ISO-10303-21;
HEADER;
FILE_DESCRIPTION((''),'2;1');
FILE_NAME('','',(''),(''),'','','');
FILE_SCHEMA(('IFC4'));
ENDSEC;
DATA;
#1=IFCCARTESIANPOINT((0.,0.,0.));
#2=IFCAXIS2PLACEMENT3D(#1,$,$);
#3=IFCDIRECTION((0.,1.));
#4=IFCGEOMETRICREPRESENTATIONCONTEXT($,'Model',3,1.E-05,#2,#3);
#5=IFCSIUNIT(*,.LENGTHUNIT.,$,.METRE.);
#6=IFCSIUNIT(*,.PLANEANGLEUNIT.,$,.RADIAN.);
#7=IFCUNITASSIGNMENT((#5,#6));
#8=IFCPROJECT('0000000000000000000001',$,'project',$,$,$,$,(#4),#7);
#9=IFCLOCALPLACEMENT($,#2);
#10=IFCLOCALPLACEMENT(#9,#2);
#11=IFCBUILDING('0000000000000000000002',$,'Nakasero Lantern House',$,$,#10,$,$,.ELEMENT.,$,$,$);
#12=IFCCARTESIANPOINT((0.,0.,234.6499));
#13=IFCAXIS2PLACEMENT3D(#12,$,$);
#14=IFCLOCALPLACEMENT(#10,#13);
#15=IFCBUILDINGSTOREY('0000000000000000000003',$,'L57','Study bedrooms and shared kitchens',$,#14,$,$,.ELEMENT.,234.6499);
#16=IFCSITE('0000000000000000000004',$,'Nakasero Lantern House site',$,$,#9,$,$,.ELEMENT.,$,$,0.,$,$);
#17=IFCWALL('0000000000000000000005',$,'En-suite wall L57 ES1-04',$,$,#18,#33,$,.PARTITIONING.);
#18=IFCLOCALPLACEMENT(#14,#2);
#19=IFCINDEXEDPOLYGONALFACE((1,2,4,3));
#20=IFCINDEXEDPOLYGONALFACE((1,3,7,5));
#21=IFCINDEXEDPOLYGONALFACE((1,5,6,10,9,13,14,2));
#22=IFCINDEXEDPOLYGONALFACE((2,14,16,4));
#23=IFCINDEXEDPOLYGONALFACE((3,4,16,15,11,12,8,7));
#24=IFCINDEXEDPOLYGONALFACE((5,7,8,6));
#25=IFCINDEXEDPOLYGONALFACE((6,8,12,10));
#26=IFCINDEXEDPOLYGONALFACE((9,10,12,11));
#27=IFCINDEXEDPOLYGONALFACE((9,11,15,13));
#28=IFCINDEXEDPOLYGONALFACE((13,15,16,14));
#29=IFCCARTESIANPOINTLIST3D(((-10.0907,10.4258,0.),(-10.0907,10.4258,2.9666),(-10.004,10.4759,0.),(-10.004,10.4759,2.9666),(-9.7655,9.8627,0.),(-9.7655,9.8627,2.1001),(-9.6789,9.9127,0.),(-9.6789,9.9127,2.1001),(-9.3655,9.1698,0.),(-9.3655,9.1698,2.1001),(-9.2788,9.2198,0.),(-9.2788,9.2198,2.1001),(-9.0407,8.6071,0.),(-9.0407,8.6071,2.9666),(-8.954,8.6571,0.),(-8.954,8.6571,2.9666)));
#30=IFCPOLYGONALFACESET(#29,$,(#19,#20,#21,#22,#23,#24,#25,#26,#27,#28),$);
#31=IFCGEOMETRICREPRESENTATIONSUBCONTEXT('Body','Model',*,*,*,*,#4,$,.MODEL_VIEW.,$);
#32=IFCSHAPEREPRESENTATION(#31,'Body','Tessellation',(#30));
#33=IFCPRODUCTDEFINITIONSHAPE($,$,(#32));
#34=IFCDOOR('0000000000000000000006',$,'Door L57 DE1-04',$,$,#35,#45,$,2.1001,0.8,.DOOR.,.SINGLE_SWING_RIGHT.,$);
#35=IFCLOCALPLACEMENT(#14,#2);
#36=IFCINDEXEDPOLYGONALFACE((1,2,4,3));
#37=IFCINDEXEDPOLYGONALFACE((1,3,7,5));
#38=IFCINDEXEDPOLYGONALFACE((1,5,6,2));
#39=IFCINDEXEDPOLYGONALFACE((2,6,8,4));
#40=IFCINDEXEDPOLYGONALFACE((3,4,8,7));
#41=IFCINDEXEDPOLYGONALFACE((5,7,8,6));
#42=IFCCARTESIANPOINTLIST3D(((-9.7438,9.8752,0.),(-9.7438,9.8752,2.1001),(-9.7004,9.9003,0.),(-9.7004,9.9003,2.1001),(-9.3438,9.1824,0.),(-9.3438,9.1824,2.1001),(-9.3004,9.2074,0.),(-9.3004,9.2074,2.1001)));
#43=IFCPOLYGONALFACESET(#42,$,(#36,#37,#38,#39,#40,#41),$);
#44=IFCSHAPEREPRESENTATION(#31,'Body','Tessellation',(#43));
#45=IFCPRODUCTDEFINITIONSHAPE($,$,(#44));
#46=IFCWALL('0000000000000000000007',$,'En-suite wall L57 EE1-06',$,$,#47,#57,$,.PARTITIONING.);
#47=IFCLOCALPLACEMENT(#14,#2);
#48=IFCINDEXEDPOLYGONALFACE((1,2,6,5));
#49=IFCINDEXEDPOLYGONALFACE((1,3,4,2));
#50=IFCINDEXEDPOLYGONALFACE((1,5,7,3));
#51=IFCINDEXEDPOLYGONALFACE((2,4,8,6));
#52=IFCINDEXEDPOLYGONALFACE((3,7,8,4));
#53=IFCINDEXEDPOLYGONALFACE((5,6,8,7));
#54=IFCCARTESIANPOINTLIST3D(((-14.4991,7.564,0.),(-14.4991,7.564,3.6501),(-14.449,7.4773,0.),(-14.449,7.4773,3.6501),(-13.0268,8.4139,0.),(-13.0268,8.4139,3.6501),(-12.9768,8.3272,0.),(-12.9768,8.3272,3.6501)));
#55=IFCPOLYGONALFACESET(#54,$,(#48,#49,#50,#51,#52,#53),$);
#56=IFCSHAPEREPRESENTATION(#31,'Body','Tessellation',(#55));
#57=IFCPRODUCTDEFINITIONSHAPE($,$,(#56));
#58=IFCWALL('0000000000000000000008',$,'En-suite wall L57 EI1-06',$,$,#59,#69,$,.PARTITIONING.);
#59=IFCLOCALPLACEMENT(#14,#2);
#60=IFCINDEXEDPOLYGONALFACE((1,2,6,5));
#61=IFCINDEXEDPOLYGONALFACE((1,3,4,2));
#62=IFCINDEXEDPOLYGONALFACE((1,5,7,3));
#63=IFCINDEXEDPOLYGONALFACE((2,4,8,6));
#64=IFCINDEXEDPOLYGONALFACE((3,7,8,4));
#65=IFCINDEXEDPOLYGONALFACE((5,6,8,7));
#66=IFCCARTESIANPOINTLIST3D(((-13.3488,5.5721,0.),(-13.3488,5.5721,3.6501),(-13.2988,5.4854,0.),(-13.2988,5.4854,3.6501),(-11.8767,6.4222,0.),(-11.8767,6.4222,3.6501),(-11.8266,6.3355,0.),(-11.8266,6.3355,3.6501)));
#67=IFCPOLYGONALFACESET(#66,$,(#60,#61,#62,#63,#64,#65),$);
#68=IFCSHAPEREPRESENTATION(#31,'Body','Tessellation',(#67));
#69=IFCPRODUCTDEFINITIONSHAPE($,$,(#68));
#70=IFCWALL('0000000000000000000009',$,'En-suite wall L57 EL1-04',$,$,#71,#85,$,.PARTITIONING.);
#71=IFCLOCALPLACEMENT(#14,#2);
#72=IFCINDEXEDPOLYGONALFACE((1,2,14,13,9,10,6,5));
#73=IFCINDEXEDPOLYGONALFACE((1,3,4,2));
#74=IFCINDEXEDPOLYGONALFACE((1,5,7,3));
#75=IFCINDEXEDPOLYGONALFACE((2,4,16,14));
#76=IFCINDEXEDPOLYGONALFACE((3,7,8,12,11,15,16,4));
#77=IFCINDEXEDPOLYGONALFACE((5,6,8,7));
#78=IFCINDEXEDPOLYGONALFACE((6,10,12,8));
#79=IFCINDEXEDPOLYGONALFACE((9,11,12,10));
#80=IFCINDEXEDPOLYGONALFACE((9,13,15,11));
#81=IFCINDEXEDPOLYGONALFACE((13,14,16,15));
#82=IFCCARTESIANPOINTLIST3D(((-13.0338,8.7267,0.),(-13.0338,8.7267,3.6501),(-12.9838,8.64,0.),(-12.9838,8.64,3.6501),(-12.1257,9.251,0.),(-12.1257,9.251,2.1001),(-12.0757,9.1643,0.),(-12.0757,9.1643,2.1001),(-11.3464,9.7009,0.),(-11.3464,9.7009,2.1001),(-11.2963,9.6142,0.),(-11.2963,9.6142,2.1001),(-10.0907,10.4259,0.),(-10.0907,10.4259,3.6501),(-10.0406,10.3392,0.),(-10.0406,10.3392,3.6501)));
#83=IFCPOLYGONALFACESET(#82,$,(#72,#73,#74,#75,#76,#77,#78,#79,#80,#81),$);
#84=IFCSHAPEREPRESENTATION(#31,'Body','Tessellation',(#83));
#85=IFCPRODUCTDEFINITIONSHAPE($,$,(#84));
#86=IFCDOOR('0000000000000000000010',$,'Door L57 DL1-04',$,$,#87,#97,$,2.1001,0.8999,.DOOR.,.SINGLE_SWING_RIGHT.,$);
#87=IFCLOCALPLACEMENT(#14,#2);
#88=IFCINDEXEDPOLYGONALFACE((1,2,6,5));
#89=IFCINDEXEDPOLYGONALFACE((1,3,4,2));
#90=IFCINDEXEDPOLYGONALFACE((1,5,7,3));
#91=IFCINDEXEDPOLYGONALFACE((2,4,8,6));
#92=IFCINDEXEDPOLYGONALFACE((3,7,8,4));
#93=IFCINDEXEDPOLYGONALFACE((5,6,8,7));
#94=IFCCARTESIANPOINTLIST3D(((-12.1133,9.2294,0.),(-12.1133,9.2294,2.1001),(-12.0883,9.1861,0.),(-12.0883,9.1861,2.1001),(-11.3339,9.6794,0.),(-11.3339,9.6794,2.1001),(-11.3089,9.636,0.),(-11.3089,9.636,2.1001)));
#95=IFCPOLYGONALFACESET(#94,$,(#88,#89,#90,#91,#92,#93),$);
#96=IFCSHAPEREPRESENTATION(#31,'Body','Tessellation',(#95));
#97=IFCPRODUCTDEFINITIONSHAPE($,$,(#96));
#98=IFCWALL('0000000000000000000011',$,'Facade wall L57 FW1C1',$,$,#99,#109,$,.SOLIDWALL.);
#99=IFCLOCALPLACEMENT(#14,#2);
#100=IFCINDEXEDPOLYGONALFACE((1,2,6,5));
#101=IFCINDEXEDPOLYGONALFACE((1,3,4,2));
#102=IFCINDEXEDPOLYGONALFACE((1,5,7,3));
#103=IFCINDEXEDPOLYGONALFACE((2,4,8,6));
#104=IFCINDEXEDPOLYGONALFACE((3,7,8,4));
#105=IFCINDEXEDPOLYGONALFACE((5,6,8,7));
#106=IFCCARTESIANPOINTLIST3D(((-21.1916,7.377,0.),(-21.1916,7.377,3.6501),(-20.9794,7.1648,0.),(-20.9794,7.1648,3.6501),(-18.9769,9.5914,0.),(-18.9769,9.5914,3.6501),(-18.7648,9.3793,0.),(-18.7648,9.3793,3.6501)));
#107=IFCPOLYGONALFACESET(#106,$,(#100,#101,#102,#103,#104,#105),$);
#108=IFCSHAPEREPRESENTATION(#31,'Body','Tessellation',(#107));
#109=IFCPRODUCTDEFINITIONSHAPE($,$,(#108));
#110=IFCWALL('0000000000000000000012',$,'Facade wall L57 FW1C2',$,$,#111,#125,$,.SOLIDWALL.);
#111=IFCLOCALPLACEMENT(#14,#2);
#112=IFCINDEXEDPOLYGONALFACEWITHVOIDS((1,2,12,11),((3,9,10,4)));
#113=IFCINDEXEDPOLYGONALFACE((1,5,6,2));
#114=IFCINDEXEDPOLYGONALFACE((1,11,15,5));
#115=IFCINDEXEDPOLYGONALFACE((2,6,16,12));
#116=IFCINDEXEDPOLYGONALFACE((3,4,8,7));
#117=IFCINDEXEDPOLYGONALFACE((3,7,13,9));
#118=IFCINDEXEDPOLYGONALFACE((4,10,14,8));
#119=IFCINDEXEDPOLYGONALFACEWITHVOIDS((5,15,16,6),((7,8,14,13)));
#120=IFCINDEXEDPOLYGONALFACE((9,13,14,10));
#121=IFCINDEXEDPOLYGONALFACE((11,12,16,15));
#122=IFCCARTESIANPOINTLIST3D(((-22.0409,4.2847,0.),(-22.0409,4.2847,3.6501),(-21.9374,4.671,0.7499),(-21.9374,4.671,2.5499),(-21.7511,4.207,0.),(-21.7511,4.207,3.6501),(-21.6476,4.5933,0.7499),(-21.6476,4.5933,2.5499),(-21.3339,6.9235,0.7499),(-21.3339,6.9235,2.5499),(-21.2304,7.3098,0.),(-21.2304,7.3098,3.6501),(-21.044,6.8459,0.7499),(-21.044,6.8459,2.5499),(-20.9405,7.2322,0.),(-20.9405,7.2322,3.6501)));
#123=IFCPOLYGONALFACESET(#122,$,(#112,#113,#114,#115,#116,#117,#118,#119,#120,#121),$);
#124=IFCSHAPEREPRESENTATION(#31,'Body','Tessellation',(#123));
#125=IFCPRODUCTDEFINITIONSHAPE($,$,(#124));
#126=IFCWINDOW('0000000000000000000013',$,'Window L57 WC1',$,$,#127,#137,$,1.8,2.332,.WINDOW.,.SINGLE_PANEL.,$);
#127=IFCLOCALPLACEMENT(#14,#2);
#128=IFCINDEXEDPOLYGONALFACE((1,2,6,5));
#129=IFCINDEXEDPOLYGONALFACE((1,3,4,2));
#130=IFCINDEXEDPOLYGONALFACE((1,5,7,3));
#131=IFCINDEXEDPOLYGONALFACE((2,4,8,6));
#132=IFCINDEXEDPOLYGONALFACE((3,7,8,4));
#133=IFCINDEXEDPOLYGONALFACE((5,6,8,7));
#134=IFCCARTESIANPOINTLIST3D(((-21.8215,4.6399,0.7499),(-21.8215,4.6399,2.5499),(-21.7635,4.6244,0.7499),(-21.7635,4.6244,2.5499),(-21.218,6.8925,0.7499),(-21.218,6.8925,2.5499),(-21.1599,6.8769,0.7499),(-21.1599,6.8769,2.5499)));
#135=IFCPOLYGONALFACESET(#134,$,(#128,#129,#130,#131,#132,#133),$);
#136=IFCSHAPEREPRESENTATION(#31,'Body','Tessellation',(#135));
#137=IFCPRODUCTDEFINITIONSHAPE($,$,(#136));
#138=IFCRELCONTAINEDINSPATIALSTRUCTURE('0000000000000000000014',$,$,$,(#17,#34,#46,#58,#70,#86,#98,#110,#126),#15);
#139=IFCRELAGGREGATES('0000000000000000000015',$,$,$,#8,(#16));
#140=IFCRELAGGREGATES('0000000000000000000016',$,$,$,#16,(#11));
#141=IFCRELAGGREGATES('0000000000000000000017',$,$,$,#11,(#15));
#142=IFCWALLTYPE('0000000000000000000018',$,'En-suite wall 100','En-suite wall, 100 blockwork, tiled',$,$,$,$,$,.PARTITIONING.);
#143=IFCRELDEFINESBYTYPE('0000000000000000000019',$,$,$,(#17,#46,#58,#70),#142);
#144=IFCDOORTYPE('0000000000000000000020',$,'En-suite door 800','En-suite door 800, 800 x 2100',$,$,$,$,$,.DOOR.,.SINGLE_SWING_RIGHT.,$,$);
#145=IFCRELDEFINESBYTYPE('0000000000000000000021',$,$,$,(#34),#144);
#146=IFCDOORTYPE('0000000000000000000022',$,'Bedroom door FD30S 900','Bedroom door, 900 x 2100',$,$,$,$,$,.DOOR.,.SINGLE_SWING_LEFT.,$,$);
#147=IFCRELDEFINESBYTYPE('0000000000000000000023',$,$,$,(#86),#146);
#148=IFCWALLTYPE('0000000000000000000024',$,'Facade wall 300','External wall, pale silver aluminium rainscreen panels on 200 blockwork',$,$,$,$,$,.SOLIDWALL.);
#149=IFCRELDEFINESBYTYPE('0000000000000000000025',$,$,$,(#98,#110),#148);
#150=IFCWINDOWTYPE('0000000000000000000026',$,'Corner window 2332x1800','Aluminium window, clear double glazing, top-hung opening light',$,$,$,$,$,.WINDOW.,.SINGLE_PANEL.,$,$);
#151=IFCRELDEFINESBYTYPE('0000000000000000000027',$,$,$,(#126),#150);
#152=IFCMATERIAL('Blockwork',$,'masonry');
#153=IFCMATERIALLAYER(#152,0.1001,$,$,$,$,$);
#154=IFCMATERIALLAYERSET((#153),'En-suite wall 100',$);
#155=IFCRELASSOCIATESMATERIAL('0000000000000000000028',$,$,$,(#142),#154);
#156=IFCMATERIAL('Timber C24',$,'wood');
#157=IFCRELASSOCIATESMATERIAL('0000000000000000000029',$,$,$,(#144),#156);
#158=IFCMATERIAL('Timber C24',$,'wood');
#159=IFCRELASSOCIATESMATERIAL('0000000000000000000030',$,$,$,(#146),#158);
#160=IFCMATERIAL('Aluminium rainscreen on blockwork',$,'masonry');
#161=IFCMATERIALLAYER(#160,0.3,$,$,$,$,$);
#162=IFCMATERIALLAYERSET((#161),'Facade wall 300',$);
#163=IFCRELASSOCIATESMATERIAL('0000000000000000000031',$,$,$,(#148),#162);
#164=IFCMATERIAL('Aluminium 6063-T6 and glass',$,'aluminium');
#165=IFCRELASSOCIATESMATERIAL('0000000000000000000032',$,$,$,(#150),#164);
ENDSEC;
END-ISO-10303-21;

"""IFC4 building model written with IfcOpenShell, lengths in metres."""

from ifc_helpers import new_model, si_unit, direction, frame, frame_2d, origin, place, context, subcontext, project, spatial, rectangle, extrude, material, layer, layer_set, type_object, element, fill, save


model = new_model("IFC4")

# Units and contexts
model_context = context("Model", 3, precision=1e-05, world=origin(), true_north=direction((0.0, 1.0)))
body_context = subcontext(model_context, "Body", "Model", "MODEL_VIEW")
ifc_project = project(units=[si_unit("LENGTHUNIT", "METRE"), si_unit("PLANEANGLEUNIT", "RADIAN")], contexts=[model_context])

# Site, building, storey
site_placement = place(None, origin())
site = spatial("IfcSite", under=ifc_project, at=site_placement, Name="Nakasero Lantern House site", CompositionType="ELEMENT", RefElevation=0.0)
building_placement = place(site_placement, origin())
building = spatial("IfcBuilding", under=site, at=building_placement, Name="Nakasero Lantern House", CompositionType="ELEMENT")
storey_placement = place(building_placement, frame((0.0, 0.0, 234.6499)))
storey = spatial("IfcBuildingStorey", under=building, at=storey_placement, Name="L57", Description="Study bedrooms and shared kitchens", CompositionType="ELEMENT", Elevation=234.6499)

# Wall, opening, door
ifc_material_1 = material(Name="Blockwork", Category="masonry")
ifc_layer_1 = layer(ifc_material_1, 0.1001)
ifc_layer_set_1 = layer_set([ifc_layer_1], Name="En-suite wall 100")
wall_type_1 = type_object("IfcWallType", Name="En-suite wall 100", Description="En-suite wall, 100 blockwork, tiled", PredefinedType="PARTITIONING", material=ifc_layer_set_1)
wall_1_placement = place(storey_placement, frame((-8.9973, 8.6321, 0.0), z_axis=(0.0, 0.0, 1.0), x_axis=(-0.499977, 0.866038, 0.0)))
wall_1 = element("IfcWall", 1, at=wall_1_placement, inside=storey, type_object=wall_type_1, Name="En-suite wall L57 ES1-04", PredefinedType="PARTITIONING", context=body_context, shape_type="SweptSolid", body=[
    extrude(rectangle(XDim=2.1001, YDim=0.1001, at=frame_2d((1.05, 0.0))), origin(), (0.0, 0.0, 1.0), 2.9666),
])
opening_1_placement = place(wall_1_placement, frame((0.6499, 0.0, 0.0)))
opening_1 = element("IfcOpeningElement", 2, at=opening_1_placement, cuts=wall_1, PredefinedType="OPENING", context=body_context, shape_type="SweptSolid", body=[
    extrude(rectangle(XDim=0.8, YDim=2.1001, at=frame_2d((0.3999, 1.05))), frame((0.0, 0.0701, 0.0), z_axis=(0.0, -1.0, 0.0), x_axis=(1.0, 0.0, 0.0)), (0.0, 0.0, 1.0), 0.1401),
])
ifc_material_2 = material(Name="Timber C24", Category="wood")
door_type_1 = type_object("IfcDoorType", Name="En-suite door 800", Description="En-suite door 800, 800 x 2100", OperationType="SINGLE_SWING_RIGHT", PredefinedType="DOOR", material=ifc_material_2)
door_1_placement = place(opening_1_placement, origin())
door_1 = element("IfcDoor", 3, at=door_1_placement, inside=storey, type_object=door_type_1, Name="Door L57 DE1-04", OperationType="SINGLE_SWING_RIGHT", OverallHeight=2.1001, OverallWidth=0.8, PredefinedType="DOOR", context=body_context, shape_type="SweptSolid", body=[
    extrude(rectangle(XDim=0.8, YDim=2.1001, at=frame_2d((0.3999, 1.05))), frame((0.0, 0.0249, 0.0), z_axis=(0.0, -1.0, 0.0), x_axis=(1.0, 0.0, 0.0)), (0.0, 0.0, 1.0), 0.05),
])
fill(opening_1, door_1)

# Walls
for number, where, z_axis, x_axis, name in (
    (4, (-13.0017, 8.3706, 0.0), (0.0, 0.0, 1.0), (-0.866052, -0.499955, 0.0), "En-suite wall L57 EE1-06"),
    (5, (-11.8516, 6.3789, 0.0), (0.0, 0.0, 1.0), (-0.865989, -0.500062, 0.0), "En-suite wall L57 EI1-06"),
):
    element("IfcWall", number, at=place(storey_placement, frame(where, z_axis=z_axis, x_axis=x_axis)), inside=storey, type_object=wall_type_1, Name=name, PredefinedType="PARTITIONING", context=body_context, shape_type="SweptSolid", body=[
        extrude(rectangle(XDim=1.7, YDim=0.1001, at=frame_2d((0.8501, 0.0))), origin(), (0.0, 0.0, 1.0), 3.6501),
    ])

# Wall, opening, door
wall_2_placement = place(storey_placement, frame((-10.0657, 10.3826, 0.0), z_axis=(0.0, 0.0, 1.0), x_axis=(-0.866024, -0.500002, 0.0)))
wall_2 = element("IfcWall", 6, at=wall_2_placement, inside=storey, type_object=wall_type_1, Name="En-suite wall L57 EL1-04", PredefinedType="PARTITIONING", context=body_context, shape_type="SweptSolid", body=[
    extrude(rectangle(XDim=3.3984, YDim=0.1001, at=frame_2d((1.6992, 0.0))), origin(), (0.0, 0.0, 1.0), 3.6501),
])
opening_2_placement = place(wall_2_placement, frame((1.45, 0.0, 0.0)))
opening_2 = element("IfcOpeningElement", 7, at=opening_2_placement, cuts=wall_2, PredefinedType="OPENING", context=body_context, shape_type="SweptSolid", body=[
    extrude(rectangle(XDim=0.8999, YDim=2.1001, at=frame_2d((0.45, 1.05))), frame((0.0, 0.0701, 0.0), z_axis=(0.0, -1.0, 0.0), x_axis=(1.0, 0.0, 0.0)), (0.0, 0.0, 1.0), 0.1401),
])
ifc_material_3 = material(Name="Timber C24", Category="wood")
door_type_2 = type_object("IfcDoorType", Name="Bedroom door FD30S 900", Description="Bedroom door, 900 x 2100", OperationType="SINGLE_SWING_LEFT", PredefinedType="DOOR", material=ifc_material_3)
door_2_placement = place(opening_2_placement, origin())
door_2 = element("IfcDoor", 8, at=door_2_placement, inside=storey, type_object=door_type_2, Name="Door L57 DL1-04", OperationType="SINGLE_SWING_RIGHT", OverallHeight=2.1001, OverallWidth=0.8999, PredefinedType="DOOR", context=body_context, shape_type="SweptSolid", body=[
    extrude(rectangle(XDim=0.8999, YDim=2.1001, at=frame_2d((0.45, 1.05))), frame((0.0, 0.0249, 0.0), z_axis=(0.0, -1.0, 0.0), x_axis=(1.0, 0.0, 0.0)), (0.0, 0.0, 1.0), 0.05),
])
fill(opening_2, door_2)

# Wall
ifc_material_4 = material(Name="Aluminium rainscreen on blockwork", Category="masonry")
ifc_layer_2 = layer(ifc_material_4, 0.3)
ifc_layer_set_2 = layer_set([ifc_layer_2], Name="Facade wall 300")
wall_type_2 = type_object("IfcWallType", Name="Facade wall 300", Description="External wall, pale silver aluminium rainscreen panels on 200 blockwork", PredefinedType="SOLIDWALL", material=ifc_layer_set_2)
wall_3_placement = place(storey_placement, frame((-18.8708, 9.4854, 0.0), z_axis=(0.0, 0.0, 1.0), x_axis=(-0.707146, -0.707068, 0.0)))
element("IfcWall", 9, at=wall_3_placement, inside=storey, type_object=wall_type_2, Name="Facade wall L57 FW1C1", PredefinedType="SOLIDWALL", context=body_context, shape_type="SweptSolid", body=[
    extrude(rectangle(XDim=3.1318, YDim=0.3, at=frame_2d((1.5659, 0.0))), origin(), (0.0, 0.0, 1.0), 3.6501),
])

# Wall, opening, window
wall_4_placement = place(storey_placement, frame((-21.0854, 7.271, 0.0), z_axis=(0.0, 0.0, 1.0), x_axis=(-0.258808, -0.965929, 0.0)))
wall_4 = element("IfcWall", 10, at=wall_4_placement, inside=storey, type_object=wall_type_2, Name="Facade wall L57 FW1C2", PredefinedType="SOLIDWALL", context=body_context, shape_type="SweptSolid", body=[
    extrude(rectangle(XDim=3.1318, YDim=0.3, at=frame_2d((1.5659, 0.0))), origin(), (0.0, 0.0, 1.0), 3.6501),
])
opening_3_placement = place(wall_4_placement, frame((0.3999, 0.0, 0.75)))
opening_3 = element("IfcOpeningElement", 11, at=opening_3_placement, cuts=wall_4, PredefinedType="OPENING", context=body_context, shape_type="SweptSolid", body=[
    extrude(rectangle(XDim=2.332, YDim=1.8, at=frame_2d((1.166, 0.8999))), frame((0.0, 0.1699, 0.0), z_axis=(0.0, -1.0, 0.0), x_axis=(1.0, 0.0, 0.0)), (0.0, 0.0, 1.0), 0.3401),
])
ifc_material_5 = material(Name="Aluminium 6063-T6 and glass", Category="aluminium")
window_type = type_object("IfcWindowType", Name="Corner window 2332x1800", Description="Aluminium window, clear double glazing, top-hung opening light", PartitioningType="SINGLE_PANEL", PredefinedType="WINDOW", material=ifc_material_5)
window_placement = place(opening_3_placement, origin())
window = element("IfcWindow", 12, at=window_placement, inside=storey, type_object=window_type, Name="Window L57 WC1", OverallHeight=1.8, OverallWidth=2.332, PartitioningType="SINGLE_PANEL", PredefinedType="WINDOW", context=body_context, shape_type="SweptSolid", body=[
    extrude(rectangle(XDim=2.332, YDim=1.8, at=frame_2d((1.166, 0.8999))), frame((0.0, 0.03, 0.0), z_axis=(0.0, -1.0, 0.0), x_axis=(1.0, 0.0, 0.0)), (0.0, 0.0, 1.0), 0.0601),
])
fill(opening_3, window)

save(model, "model.ifc")
